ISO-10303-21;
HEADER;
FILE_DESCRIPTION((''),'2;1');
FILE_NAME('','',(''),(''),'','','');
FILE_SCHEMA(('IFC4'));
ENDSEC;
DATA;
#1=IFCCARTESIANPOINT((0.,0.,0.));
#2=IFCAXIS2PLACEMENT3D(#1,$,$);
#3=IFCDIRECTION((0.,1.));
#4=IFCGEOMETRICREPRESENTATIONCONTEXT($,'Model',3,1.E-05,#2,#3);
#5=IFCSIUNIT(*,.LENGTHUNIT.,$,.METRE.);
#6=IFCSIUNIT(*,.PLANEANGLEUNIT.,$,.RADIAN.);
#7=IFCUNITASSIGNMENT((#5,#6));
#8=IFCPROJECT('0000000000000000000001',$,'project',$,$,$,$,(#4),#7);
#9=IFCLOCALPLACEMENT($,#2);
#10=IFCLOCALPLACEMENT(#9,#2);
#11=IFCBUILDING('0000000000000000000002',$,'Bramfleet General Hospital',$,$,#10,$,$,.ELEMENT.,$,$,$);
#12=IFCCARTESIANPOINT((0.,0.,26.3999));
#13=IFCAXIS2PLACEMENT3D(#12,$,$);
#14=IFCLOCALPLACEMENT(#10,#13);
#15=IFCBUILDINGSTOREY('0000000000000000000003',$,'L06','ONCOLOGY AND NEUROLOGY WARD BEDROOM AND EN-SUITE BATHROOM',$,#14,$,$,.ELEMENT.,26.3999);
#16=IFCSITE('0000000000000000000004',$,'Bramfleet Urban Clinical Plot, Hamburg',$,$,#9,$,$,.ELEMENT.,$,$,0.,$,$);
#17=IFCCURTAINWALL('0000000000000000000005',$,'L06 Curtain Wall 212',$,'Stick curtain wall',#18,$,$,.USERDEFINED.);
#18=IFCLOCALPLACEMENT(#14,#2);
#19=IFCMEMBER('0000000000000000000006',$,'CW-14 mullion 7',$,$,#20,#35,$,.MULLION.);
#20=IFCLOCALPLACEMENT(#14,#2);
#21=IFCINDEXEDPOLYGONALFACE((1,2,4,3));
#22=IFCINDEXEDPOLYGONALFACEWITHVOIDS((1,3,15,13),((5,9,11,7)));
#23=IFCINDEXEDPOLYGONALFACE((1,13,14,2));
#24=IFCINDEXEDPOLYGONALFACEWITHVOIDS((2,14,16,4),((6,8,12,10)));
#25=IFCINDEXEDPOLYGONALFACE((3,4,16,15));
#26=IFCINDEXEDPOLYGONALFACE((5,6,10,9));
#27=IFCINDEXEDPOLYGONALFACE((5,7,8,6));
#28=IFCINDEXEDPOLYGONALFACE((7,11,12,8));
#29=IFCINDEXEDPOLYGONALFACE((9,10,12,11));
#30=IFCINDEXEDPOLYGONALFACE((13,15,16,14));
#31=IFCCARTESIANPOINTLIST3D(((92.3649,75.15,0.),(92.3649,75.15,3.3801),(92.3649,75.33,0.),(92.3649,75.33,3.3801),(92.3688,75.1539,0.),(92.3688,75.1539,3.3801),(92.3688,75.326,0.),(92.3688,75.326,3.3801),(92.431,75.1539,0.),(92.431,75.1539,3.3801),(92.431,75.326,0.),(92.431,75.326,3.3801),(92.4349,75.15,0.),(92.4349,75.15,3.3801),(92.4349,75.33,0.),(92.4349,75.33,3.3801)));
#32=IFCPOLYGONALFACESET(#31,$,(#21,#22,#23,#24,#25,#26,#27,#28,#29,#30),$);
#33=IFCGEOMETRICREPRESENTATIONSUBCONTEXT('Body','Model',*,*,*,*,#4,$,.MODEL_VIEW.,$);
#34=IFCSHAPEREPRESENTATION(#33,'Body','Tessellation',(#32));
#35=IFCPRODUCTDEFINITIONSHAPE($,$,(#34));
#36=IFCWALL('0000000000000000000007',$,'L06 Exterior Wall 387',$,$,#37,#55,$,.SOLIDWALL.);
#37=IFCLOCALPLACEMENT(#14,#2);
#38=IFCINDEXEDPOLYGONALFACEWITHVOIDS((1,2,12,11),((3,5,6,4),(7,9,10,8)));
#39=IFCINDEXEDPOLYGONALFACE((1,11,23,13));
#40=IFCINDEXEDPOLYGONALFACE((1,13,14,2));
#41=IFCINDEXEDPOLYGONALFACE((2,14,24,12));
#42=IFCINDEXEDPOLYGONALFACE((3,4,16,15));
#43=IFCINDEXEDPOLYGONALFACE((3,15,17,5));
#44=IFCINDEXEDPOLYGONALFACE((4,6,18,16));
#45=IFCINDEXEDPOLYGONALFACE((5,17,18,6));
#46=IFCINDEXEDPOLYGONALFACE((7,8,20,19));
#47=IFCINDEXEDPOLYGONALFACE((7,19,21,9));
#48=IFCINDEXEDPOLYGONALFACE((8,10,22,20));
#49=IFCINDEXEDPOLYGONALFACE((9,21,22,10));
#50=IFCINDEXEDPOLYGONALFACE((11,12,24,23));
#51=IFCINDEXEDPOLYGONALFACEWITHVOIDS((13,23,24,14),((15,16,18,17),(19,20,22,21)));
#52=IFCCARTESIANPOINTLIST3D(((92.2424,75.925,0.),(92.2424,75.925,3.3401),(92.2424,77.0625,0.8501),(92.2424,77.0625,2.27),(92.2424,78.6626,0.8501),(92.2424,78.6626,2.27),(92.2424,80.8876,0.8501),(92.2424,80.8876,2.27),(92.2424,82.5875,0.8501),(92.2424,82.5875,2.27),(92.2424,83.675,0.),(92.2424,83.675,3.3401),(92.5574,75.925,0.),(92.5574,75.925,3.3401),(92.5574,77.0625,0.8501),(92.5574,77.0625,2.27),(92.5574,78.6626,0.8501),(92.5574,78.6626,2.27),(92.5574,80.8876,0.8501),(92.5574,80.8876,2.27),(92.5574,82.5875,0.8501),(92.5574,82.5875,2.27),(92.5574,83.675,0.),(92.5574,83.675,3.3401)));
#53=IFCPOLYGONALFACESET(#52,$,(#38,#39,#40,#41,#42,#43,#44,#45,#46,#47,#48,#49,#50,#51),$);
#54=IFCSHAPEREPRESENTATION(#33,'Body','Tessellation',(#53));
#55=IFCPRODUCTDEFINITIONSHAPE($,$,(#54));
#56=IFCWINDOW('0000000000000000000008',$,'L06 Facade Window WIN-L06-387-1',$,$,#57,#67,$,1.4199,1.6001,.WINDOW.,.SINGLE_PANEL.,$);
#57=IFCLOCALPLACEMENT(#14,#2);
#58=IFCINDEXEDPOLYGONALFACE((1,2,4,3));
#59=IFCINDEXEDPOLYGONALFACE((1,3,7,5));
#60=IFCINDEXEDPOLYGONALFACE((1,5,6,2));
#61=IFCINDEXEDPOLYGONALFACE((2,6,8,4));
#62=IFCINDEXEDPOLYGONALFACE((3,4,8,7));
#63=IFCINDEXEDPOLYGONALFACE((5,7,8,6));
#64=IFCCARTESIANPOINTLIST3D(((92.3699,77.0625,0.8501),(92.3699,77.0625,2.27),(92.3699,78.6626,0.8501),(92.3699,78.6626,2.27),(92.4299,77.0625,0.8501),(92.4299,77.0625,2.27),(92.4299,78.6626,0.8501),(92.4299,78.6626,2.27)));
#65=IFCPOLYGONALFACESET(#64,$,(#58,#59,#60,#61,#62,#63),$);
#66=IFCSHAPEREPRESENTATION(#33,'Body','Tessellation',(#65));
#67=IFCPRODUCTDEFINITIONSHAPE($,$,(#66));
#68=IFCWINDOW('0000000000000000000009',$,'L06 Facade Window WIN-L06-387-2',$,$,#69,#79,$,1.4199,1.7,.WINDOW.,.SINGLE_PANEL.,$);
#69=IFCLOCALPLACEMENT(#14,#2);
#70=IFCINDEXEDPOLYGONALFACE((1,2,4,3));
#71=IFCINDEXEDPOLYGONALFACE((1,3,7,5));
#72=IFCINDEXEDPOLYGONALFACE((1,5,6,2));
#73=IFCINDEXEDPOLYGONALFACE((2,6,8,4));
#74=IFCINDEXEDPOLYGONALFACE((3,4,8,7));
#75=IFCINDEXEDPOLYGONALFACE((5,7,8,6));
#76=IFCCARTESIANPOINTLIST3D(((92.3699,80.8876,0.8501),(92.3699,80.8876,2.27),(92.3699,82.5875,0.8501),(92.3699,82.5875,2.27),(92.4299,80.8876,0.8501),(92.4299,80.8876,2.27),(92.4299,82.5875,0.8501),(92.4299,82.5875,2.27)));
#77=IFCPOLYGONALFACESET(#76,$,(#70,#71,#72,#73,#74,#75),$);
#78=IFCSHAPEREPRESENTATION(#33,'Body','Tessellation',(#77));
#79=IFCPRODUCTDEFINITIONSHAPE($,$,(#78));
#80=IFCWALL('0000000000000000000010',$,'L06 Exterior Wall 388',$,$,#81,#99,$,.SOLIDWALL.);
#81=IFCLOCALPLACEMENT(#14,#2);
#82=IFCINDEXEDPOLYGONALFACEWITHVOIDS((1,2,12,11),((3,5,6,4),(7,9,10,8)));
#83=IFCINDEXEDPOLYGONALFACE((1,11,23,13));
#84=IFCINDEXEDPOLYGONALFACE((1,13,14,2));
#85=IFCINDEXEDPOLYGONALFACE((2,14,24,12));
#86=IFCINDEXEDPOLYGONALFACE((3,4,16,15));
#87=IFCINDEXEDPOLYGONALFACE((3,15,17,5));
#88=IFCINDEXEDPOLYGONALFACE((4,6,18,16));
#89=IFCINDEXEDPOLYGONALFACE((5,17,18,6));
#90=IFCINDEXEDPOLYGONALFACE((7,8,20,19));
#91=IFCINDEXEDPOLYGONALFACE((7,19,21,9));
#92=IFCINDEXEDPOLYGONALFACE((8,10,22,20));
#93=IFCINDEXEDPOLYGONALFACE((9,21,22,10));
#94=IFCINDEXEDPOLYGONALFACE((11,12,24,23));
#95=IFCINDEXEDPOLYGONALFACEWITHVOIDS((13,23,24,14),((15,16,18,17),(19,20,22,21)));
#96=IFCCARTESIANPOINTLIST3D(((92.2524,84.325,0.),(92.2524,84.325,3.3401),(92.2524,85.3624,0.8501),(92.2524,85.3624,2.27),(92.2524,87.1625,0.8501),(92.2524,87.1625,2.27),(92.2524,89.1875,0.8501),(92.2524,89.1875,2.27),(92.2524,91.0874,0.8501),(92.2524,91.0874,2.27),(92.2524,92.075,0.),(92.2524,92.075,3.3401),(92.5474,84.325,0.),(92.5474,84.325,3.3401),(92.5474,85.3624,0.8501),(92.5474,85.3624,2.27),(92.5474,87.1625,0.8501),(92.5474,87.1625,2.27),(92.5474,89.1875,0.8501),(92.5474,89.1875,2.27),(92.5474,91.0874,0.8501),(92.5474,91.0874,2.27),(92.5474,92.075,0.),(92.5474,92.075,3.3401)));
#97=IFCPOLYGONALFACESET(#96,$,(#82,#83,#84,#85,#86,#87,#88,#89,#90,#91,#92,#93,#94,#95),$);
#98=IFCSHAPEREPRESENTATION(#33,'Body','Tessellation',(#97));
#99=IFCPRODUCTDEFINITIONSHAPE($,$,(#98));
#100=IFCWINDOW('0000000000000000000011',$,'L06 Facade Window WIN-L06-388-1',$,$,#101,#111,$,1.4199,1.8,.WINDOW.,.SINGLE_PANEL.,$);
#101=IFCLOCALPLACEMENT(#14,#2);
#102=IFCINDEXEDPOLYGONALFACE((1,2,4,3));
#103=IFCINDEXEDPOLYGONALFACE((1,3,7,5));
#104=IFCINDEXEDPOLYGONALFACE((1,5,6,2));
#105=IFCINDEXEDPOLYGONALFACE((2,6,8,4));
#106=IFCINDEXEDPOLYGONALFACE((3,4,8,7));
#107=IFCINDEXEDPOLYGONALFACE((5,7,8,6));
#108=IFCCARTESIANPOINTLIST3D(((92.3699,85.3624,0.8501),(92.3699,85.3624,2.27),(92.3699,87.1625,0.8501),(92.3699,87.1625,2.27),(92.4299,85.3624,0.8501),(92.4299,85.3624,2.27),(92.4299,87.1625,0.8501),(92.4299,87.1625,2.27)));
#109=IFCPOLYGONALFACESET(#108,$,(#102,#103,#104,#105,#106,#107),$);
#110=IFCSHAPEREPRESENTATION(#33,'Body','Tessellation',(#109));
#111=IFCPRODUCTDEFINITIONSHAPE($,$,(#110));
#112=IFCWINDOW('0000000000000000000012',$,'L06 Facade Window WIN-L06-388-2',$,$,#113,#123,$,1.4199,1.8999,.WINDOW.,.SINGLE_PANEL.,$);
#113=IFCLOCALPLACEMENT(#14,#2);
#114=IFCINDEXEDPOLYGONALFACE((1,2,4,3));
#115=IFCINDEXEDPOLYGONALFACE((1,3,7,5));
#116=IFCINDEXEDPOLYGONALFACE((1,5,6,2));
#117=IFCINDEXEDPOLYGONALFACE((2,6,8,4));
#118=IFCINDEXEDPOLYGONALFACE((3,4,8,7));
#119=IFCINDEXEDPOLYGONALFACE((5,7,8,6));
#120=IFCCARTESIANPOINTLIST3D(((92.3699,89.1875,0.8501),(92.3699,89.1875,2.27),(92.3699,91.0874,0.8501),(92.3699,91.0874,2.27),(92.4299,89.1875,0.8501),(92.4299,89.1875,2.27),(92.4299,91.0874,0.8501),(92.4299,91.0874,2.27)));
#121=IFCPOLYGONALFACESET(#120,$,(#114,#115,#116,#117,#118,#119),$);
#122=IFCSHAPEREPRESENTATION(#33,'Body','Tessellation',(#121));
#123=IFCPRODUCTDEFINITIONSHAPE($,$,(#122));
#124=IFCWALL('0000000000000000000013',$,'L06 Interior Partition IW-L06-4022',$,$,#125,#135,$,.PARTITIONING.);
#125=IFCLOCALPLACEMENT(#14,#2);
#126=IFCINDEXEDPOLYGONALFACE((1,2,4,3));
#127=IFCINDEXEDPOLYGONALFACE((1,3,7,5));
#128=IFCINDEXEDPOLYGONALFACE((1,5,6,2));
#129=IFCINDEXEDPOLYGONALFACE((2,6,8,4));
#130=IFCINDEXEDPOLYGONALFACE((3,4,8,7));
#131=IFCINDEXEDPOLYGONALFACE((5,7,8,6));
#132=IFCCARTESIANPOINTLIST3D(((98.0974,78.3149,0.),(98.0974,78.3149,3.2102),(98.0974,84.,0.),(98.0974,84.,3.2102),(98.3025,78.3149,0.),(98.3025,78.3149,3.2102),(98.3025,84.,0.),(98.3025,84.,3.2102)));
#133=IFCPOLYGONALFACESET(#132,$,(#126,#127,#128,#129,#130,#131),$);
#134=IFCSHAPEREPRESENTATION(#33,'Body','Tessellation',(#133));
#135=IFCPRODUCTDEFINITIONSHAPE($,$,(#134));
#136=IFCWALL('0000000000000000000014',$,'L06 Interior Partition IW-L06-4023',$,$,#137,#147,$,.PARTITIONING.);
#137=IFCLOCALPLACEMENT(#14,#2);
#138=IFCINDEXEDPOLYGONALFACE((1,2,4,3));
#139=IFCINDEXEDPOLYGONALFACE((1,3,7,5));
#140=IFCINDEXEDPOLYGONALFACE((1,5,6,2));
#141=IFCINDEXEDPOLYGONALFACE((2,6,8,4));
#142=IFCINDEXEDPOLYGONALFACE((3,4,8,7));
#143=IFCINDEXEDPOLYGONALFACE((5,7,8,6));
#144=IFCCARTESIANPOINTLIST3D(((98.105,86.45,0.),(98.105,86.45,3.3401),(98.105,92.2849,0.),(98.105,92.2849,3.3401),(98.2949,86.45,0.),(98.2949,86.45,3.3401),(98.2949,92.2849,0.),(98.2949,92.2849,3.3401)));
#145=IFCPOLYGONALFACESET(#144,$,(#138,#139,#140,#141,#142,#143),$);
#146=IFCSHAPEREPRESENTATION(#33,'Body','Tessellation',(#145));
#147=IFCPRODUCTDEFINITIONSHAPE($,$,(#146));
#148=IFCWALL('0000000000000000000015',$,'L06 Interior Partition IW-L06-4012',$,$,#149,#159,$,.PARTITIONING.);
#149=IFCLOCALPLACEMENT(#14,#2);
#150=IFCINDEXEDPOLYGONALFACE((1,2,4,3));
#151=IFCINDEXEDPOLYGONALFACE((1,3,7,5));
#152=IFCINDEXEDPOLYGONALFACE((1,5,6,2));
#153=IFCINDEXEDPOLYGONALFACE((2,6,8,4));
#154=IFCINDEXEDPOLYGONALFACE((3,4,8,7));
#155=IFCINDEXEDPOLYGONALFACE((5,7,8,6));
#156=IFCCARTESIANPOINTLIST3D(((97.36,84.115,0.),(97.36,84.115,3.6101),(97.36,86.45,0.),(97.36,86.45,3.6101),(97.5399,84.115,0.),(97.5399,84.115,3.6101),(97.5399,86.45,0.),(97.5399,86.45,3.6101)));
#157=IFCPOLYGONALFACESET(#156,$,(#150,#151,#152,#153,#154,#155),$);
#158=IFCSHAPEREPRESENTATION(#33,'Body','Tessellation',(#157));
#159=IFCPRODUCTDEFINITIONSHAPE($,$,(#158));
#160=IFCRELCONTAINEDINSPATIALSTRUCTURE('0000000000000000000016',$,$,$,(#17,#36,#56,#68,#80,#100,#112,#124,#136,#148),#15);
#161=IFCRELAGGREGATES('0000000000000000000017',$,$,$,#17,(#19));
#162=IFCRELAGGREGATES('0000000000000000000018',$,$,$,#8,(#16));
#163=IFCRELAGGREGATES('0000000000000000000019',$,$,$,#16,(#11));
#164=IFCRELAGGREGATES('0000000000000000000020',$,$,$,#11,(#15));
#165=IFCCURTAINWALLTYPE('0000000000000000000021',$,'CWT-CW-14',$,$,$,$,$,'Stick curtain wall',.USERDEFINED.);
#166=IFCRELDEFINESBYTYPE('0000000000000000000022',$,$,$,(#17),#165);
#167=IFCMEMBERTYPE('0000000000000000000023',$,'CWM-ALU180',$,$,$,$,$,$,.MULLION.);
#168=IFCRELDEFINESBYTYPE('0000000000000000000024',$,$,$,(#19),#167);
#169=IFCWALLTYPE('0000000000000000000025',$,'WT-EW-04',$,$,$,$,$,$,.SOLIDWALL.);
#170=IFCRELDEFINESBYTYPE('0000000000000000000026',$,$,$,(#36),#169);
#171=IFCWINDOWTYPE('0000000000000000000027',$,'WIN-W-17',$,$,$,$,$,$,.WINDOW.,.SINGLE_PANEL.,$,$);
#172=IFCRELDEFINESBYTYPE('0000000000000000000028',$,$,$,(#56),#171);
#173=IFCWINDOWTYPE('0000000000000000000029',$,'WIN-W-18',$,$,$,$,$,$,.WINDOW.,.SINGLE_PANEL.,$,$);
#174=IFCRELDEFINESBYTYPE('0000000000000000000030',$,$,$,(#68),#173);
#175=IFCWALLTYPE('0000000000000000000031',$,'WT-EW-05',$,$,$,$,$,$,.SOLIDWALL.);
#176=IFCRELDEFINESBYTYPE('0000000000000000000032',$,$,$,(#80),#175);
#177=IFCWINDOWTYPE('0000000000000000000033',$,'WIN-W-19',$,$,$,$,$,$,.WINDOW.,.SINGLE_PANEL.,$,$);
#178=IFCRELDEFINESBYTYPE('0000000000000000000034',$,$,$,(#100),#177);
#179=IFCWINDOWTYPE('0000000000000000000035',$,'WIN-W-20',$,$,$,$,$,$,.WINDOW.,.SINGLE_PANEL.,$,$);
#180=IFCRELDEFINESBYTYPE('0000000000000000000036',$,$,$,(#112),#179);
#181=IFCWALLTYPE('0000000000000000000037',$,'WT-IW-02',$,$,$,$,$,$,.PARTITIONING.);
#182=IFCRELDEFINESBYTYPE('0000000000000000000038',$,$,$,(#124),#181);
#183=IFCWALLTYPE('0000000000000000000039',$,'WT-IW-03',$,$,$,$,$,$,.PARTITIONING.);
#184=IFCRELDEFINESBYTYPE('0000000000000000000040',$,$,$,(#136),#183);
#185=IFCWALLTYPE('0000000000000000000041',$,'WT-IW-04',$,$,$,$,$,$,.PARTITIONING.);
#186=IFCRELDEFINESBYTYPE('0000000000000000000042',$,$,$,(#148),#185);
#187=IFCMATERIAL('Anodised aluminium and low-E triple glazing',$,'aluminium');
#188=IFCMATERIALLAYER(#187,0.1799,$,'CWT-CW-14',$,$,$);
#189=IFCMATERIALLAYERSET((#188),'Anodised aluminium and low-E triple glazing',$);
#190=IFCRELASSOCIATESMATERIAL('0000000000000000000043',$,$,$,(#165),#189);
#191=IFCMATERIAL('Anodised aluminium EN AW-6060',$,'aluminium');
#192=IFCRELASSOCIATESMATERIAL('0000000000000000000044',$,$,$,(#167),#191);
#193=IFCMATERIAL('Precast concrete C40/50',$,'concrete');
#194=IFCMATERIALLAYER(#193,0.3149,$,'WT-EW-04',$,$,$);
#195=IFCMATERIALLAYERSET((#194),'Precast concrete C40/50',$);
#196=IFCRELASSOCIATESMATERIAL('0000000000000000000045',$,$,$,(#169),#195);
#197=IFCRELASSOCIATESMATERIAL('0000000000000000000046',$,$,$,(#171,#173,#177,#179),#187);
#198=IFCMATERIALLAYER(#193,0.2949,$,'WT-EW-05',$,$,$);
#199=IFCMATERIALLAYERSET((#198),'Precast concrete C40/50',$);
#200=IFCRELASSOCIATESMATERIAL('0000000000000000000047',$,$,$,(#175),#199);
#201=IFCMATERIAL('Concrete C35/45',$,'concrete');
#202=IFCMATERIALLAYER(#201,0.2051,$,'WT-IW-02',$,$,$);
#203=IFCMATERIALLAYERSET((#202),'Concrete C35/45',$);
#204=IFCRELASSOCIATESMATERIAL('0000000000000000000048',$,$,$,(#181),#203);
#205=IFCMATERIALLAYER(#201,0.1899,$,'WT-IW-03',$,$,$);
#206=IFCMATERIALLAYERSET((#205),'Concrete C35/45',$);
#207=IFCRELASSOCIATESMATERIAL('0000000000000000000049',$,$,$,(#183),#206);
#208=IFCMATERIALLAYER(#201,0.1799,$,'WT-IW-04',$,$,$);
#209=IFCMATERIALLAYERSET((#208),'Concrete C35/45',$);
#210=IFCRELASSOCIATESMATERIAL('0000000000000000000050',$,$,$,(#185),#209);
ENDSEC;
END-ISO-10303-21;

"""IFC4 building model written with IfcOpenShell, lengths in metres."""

from ifc_helpers import new_model, si_unit, direction, frame, frame_2d, origin, origin_2d, place, context, subcontext, project, spatial, rectangle, hollow_rectangle, extrude, material, layer, layer_set, material_profile, profile_set, type_object, element, fill, aggregate, save


model = new_model("IFC4")

# Units and contexts
model_context = context("Model", 3, precision=1e-05, world=origin(), true_north=direction((0.0, 1.0)))
body_context = subcontext(model_context, "Body", "Model", "MODEL_VIEW")
ifc_project = project(units=[si_unit("LENGTHUNIT", "METRE"), si_unit("PLANEANGLEUNIT", "RADIAN")], contexts=[model_context])

# Site, building, storey
site_placement = place(None, origin())
site = spatial("IfcSite", under=ifc_project, at=site_placement, Name="Bramfleet Urban Clinical Plot, Hamburg", CompositionType="ELEMENT", RefElevation=0.0)
building_placement = place(site_placement, origin())
building = spatial("IfcBuilding", under=site, at=building_placement, Name="Bramfleet General Hospital", CompositionType="ELEMENT")
storey_placement = place(building_placement, frame((0.0, 0.0, 26.3999)))
storey = spatial("IfcBuildingStorey", under=building, at=storey_placement, Name="L06", Description="ONCOLOGY AND NEUROLOGY WARD BEDROOM AND EN-SUITE BATHROOM", CompositionType="ELEMENT", Elevation=26.3999)

# Curtain wall, member
ifc_material_1 = material(Name="Anodised aluminium and low-E triple glazing", Category="aluminium")
ifc_layer_1 = layer(ifc_material_1, 0.1799, Name="CWT-CW-14")
ifc_layer_set_1 = layer_set([ifc_layer_1], Name="Anodised aluminium and low-E triple glazing")
curtain_wall_type = type_object("IfcCurtainWallType", Name="CWT-CW-14", ElementType="Stick curtain wall", PredefinedType="USERDEFINED", material=ifc_layer_set_1)
curtain_wall_placement = place(storey_placement, origin())
curtain_wall = element("IfcCurtainWall", 1, at=curtain_wall_placement, inside=storey, type_object=curtain_wall_type, Name="L06 Curtain Wall 212", ObjectType="Stick curtain wall", PredefinedType="USERDEFINED")
ifc_material_2 = material(Name="Anodised aluminium EN AW-6060", Category="aluminium")
ifc_material_profile_1 = material_profile(ifc_material_2, hollow_rectangle(XDim=0.0701, YDim=0.1799, WallThickness=0.0039, at=origin_2d()), Name="ALU 180x70x4.0")
ifc_profile_set_1 = profile_set([ifc_material_profile_1], Name="Anodised aluminium EN AW-6060")
member_type = type_object("IfcMemberType", Name="CWM-ALU180", PredefinedType="MULLION", material=ifc_profile_set_1)
member_placement = place(storey_placement, frame((92.3999, 75.24, 0.0), z_axis=(0.0, 0.0, 1.0), x_axis=(-1.0, 0.0, 0.0)))
member = element("IfcMember", 2, at=member_placement, type_object=member_type, Name="CW-14 mullion 7", PredefinedType="MULLION", context=body_context, shape_type="SweptSolid", body=[
    extrude(hollow_rectangle(XDim=0.0701, YDim=0.1799, WallThickness=0.0039, at=origin_2d()), origin(), (0.0, 0.0, 1.0), 3.3801),
])
aggregate(curtain_wall, [member])

# Walls, openings, windows
ifc_material_3 = material(Name="Precast concrete C40/50", Category="concrete")
ifc_layer_2 = layer(ifc_material_3, 0.3149, Name="WT-EW-04")
ifc_layer_set_2 = layer_set([ifc_layer_2], Name="Precast concrete C40/50")
wall_type_1 = type_object("IfcWallType", Name="WT-EW-04", PredefinedType="SOLIDWALL", material=ifc_layer_set_2)
wall_1_placement = place(storey_placement, frame((92.3999, 75.925, 0.0), z_axis=(0.0, 0.0, 1.0), x_axis=(0.0, 1.0, 0.0)))
wall_1 = element("IfcWall", 3, at=wall_1_placement, inside=storey, type_object=wall_type_1, Name="L06 Exterior Wall 387", PredefinedType="SOLIDWALL", context=body_context, shape_type="SweptSolid", body=[
    extrude(rectangle(XDim=7.75, YDim=0.3149, at=frame_2d((3.875, 0.0))), origin(), (0.0, 0.0, 1.0), 3.3401),
])
opening_1_placement = place(wall_1_placement, frame((1.1375, 0.0, 0.8501)))
opening_1 = element("IfcOpeningElement", 4, at=opening_1_placement, cuts=wall_1, PredefinedType="OPENING", context=body_context, shape_type="SweptSolid", body=[
    extrude(rectangle(XDim=1.6001, YDim=1.4199, at=frame_2d((0.8, 0.71))), frame((0.0, 0.1675, 0.0), z_axis=(0.0, -1.0, 0.0), x_axis=(1.0, 0.0, 0.0)), (0.0, 0.0, 1.0), 0.335),
])
opening_2_placement = place(wall_1_placement, frame((4.9624, 0.0, 0.8501)))
opening_2 = element("IfcOpeningElement", 5, at=opening_2_placement, cuts=wall_1, PredefinedType="OPENING", context=body_context, shape_type="SweptSolid", body=[
    extrude(rectangle(XDim=1.7, YDim=1.4199, at=frame_2d((0.8501, 0.71))), frame((0.0, 0.1675, 0.0), z_axis=(0.0, -1.0, 0.0), x_axis=(1.0, 0.0, 0.0)), (0.0, 0.0, 1.0), 0.335),
])
window_type_1 = type_object("IfcWindowType", Name="WIN-W-17", PartitioningType="SINGLE_PANEL", PredefinedType="WINDOW", material=ifc_material_1)
window_1_placement = place(opening_1_placement, origin())
window_1 = element("IfcWindow", 6, at=window_1_placement, inside=storey, type_object=window_type_1, Name="L06 Facade Window WIN-L06-387-1", OverallHeight=1.4199, OverallWidth=1.6001, PartitioningType="SINGLE_PANEL", PredefinedType="WINDOW", context=body_context, shape_type="SweptSolid", body=[
    extrude(rectangle(XDim=1.6001, YDim=1.4199, at=frame_2d((0.8, 0.71))), frame((0.0, 0.03, 0.0), z_axis=(0.0, -1.0, 0.0), x_axis=(1.0, 0.0, 0.0)), (0.0, 0.0, 1.0), 0.0601),
])
fill(opening_1, window_1)
window_type_2 = type_object("IfcWindowType", Name="WIN-W-18", PartitioningType="SINGLE_PANEL", PredefinedType="WINDOW", material=ifc_material_1)
window_2_placement = place(opening_2_placement, origin())
window_2 = element("IfcWindow", 7, at=window_2_placement, inside=storey, type_object=window_type_2, Name="L06 Facade Window WIN-L06-387-2", OverallHeight=1.4199, OverallWidth=1.7, PartitioningType="SINGLE_PANEL", PredefinedType="WINDOW", context=body_context, shape_type="SweptSolid", body=[
    extrude(rectangle(XDim=1.7, YDim=1.4199, at=frame_2d((0.8501, 0.71))), frame((0.0, 0.03, 0.0), z_axis=(0.0, -1.0, 0.0), x_axis=(1.0, 0.0, 0.0)), (0.0, 0.0, 1.0), 0.0601),
])
fill(opening_2, window_2)
ifc_layer_3 = layer(ifc_material_3, 0.2949, Name="WT-EW-05")
ifc_layer_set_3 = layer_set([ifc_layer_3], Name="Precast concrete C40/50")
wall_type_2 = type_object("IfcWallType", Name="WT-EW-05", PredefinedType="SOLIDWALL", material=ifc_layer_set_3)
wall_2_placement = place(storey_placement, frame((92.3999, 84.325, 0.0), z_axis=(0.0, 0.0, 1.0), x_axis=(0.0, 1.0, 0.0)))
wall_2 = element("IfcWall", 8, at=wall_2_placement, inside=storey, type_object=wall_type_2, Name="L06 Exterior Wall 388", PredefinedType="SOLIDWALL", context=body_context, shape_type="SweptSolid", body=[
    extrude(rectangle(XDim=7.75, YDim=0.2949, at=frame_2d((3.875, 0.0))), origin(), (0.0, 0.0, 1.0), 3.3401),
])
opening_3_placement = place(wall_2_placement, frame((1.0376, 0.0, 0.8501)))
opening_3 = element("IfcOpeningElement", 9, at=opening_3_placement, cuts=wall_2, PredefinedType="OPENING", context=body_context, shape_type="SweptSolid", body=[
    extrude(rectangle(XDim=1.8, YDim=1.4199, at=frame_2d((0.8999, 0.71))), frame((0.0, 0.1575, 0.0), z_axis=(0.0, -1.0, 0.0), x_axis=(1.0, 0.0, 0.0)), (0.0, 0.0, 1.0), 0.3149),
])
opening_4_placement = place(wall_2_placement, frame((4.8625, 0.0, 0.8501)))
opening_4 = element("IfcOpeningElement", 10, at=opening_4_placement, cuts=wall_2, PredefinedType="OPENING", context=body_context, shape_type="SweptSolid", body=[
    extrude(rectangle(XDim=1.8999, YDim=1.4199, at=frame_2d((0.95, 0.71))), frame((0.0, 0.1575, 0.0), z_axis=(0.0, -1.0, 0.0), x_axis=(1.0, 0.0, 0.0)), (0.0, 0.0, 1.0), 0.3149),
])
window_type_3 = type_object("IfcWindowType", Name="WIN-W-19", PartitioningType="SINGLE_PANEL", PredefinedType="WINDOW", material=ifc_material_1)
window_3_placement = place(opening_3_placement, origin())
window_3 = element("IfcWindow", 11, at=window_3_placement, inside=storey, type_object=window_type_3, Name="L06 Facade Window WIN-L06-388-1", OverallHeight=1.4199, OverallWidth=1.8, PartitioningType="SINGLE_PANEL", PredefinedType="WINDOW", context=body_context, shape_type="SweptSolid", body=[
    extrude(rectangle(XDim=1.8, YDim=1.4199, at=frame_2d((0.8999, 0.71))), frame((0.0, 0.03, 0.0), z_axis=(0.0, -1.0, 0.0), x_axis=(1.0, 0.0, 0.0)), (0.0, 0.0, 1.0), 0.0601),
])
fill(opening_3, window_3)
window_type_4 = type_object("IfcWindowType", Name="WIN-W-20", PartitioningType="SINGLE_PANEL", PredefinedType="WINDOW", material=ifc_material_1)
window_4_placement = place(opening_4_placement, origin())
window_4 = element("IfcWindow", 12, at=window_4_placement, inside=storey, type_object=window_type_4, Name="L06 Facade Window WIN-L06-388-2", OverallHeight=1.4199, OverallWidth=1.8999, PartitioningType="SINGLE_PANEL", PredefinedType="WINDOW", context=body_context, shape_type="SweptSolid", body=[
    extrude(rectangle(XDim=1.8999, YDim=1.4199, at=frame_2d((0.95, 0.71))), frame((0.0, 0.03, 0.0), z_axis=(0.0, -1.0, 0.0), x_axis=(1.0, 0.0, 0.0)), (0.0, 0.0, 1.0), 0.0601),
])
fill(opening_4, window_4)

# Walls
ifc_material_4 = material(Name="Concrete C35/45", Category="concrete")
ifc_layer_4 = layer(ifc_material_4, 0.2051, Name="WT-IW-02")
ifc_layer_set_4 = layer_set([ifc_layer_4], Name="Concrete C35/45")
wall_type_3 = type_object("IfcWallType", Name="WT-IW-02", PredefinedType="PARTITIONING", material=ifc_layer_set_4)
wall_3_placement = place(storey_placement, frame((98.2, 78.3149, 0.0), z_axis=(0.0, 0.0, 1.0), x_axis=(0.0, 1.0, 0.0)))
element("IfcWall", 13, at=wall_3_placement, inside=storey, type_object=wall_type_3, Name="L06 Interior Partition IW-L06-4022", PredefinedType="PARTITIONING", context=body_context, shape_type="SweptSolid", body=[
    extrude(rectangle(XDim=5.6851, YDim=0.2051, at=frame_2d((2.8425, 0.0))), origin(), (0.0, 0.0, 1.0), 3.2102),
])
ifc_layer_5 = layer(ifc_material_4, 0.1899, Name="WT-IW-03")
ifc_layer_set_5 = layer_set([ifc_layer_5], Name="Concrete C35/45")
wall_type_4 = type_object("IfcWallType", Name="WT-IW-03", PredefinedType="PARTITIONING", material=ifc_layer_set_5)
wall_4_placement = place(storey_placement, frame((98.2, 86.45, 0.0), z_axis=(0.0, 0.0, 1.0), x_axis=(0.0, 1.0, 0.0)))
element("IfcWall", 14, at=wall_4_placement, inside=storey, type_object=wall_type_4, Name="L06 Interior Partition IW-L06-4023", PredefinedType="PARTITIONING", context=body_context, shape_type="SweptSolid", body=[
    extrude(rectangle(XDim=5.835, YDim=0.1899, at=frame_2d((2.9175, 0.0))), origin(), (0.0, 0.0, 1.0), 3.3401),
])
ifc_layer_6 = layer(ifc_material_4, 0.1799, Name="WT-IW-04")
ifc_layer_set_6 = layer_set([ifc_layer_6], Name="Concrete C35/45")
wall_type_5 = type_object("IfcWallType", Name="WT-IW-04", PredefinedType="PARTITIONING", material=ifc_layer_set_6)
wall_5_placement = place(storey_placement, frame((97.45, 84.115, 0.0), z_axis=(0.0, 0.0, 1.0), x_axis=(0.0, 1.0, 0.0)))
element("IfcWall", 15, at=wall_5_placement, inside=storey, type_object=wall_type_5, Name="L06 Interior Partition IW-L06-4012", PredefinedType="PARTITIONING", context=body_context, shape_type="SweptSolid", body=[
    extrude(rectangle(XDim=2.335, YDim=0.1799, at=frame_2d((1.1675, 0.0))), origin(), (0.0, 0.0, 1.0), 3.6101),
])

save(model, "model.ifc")
